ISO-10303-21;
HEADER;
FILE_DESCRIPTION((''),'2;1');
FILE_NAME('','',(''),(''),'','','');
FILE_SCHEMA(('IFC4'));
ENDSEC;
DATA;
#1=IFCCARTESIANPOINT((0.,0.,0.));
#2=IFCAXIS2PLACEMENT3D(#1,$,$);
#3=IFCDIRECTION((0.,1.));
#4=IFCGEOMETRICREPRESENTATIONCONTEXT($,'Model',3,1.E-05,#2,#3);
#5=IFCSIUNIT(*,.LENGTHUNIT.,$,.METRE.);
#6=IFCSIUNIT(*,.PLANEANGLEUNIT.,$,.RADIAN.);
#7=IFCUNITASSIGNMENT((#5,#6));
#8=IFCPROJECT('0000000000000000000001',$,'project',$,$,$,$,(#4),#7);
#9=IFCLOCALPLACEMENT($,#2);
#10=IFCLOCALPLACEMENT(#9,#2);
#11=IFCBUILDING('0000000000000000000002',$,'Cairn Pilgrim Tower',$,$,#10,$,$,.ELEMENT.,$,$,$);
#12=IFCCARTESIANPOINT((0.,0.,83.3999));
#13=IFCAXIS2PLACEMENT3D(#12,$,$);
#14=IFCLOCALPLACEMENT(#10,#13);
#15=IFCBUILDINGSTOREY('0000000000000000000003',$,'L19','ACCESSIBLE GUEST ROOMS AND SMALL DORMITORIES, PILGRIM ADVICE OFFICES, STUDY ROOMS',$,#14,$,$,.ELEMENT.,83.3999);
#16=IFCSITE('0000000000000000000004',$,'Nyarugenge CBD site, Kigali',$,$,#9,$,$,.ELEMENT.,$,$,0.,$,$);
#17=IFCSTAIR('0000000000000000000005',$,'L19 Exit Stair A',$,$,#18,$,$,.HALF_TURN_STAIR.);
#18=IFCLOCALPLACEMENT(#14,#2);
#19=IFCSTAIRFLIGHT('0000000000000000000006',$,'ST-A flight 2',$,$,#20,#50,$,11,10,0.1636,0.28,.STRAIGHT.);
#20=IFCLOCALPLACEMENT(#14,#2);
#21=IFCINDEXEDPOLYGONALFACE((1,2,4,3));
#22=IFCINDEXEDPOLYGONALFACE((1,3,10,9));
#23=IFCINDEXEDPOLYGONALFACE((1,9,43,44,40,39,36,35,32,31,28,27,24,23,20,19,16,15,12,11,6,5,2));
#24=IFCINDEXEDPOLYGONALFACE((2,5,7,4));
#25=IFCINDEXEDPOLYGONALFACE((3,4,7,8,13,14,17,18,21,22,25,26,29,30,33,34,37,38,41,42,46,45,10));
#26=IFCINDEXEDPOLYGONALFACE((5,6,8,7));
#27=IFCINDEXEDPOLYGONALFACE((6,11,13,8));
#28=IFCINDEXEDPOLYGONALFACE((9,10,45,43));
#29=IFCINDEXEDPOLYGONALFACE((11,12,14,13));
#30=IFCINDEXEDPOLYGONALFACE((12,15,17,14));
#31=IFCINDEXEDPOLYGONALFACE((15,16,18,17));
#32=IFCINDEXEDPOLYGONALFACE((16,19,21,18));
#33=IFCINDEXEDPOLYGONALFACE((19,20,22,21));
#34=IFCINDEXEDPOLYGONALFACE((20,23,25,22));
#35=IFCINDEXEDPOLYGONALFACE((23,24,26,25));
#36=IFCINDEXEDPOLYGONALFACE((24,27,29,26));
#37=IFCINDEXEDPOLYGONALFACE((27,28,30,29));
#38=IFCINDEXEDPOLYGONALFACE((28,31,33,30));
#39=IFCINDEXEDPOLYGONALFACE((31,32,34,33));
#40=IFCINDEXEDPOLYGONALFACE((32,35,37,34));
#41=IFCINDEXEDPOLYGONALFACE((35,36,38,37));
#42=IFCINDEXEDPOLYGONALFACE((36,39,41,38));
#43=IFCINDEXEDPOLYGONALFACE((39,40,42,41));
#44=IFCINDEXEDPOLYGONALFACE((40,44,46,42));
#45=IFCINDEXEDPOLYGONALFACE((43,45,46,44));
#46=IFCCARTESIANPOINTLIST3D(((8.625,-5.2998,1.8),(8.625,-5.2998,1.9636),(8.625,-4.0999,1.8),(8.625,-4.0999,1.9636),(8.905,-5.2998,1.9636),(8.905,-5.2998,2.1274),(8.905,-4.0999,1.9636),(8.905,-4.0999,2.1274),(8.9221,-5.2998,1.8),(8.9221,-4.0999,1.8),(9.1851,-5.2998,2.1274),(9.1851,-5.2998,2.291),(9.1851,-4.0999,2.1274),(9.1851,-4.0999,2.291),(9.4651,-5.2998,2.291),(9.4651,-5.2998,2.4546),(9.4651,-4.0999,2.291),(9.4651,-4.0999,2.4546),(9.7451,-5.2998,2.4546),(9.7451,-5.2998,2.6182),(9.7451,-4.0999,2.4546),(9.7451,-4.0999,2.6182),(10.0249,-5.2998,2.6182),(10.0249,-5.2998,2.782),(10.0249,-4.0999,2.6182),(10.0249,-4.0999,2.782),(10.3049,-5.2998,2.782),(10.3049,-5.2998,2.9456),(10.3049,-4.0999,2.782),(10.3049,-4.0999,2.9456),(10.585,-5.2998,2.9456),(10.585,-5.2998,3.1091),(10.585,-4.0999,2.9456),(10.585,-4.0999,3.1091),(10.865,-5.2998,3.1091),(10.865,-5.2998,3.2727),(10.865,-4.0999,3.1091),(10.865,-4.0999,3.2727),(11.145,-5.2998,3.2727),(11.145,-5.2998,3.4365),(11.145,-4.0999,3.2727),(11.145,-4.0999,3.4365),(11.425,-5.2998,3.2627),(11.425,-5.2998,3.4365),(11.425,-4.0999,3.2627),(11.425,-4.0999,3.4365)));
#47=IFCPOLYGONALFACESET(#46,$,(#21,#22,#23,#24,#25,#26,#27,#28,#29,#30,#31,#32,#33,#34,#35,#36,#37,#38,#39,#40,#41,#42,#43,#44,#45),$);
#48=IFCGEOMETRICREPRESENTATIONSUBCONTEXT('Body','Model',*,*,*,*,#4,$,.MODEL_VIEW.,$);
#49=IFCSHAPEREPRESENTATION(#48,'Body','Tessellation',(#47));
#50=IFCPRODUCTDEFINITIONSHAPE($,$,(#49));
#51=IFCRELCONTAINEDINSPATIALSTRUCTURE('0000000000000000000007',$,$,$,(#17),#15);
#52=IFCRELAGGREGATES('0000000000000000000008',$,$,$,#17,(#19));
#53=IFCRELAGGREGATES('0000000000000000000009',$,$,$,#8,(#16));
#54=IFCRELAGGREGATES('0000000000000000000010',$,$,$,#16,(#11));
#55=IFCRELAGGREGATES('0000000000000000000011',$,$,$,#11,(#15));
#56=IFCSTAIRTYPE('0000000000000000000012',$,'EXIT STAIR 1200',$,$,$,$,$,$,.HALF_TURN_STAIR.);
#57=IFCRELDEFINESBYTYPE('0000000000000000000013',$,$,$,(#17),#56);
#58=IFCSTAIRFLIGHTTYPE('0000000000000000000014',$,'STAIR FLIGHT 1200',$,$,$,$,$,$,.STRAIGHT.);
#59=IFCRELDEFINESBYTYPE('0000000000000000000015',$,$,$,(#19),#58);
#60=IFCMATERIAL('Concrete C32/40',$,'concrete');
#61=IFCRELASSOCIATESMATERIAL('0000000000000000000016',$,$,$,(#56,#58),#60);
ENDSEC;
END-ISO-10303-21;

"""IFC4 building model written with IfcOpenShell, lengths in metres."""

from ifc_helpers import new_model, si_unit, direction, frame, origin, place, context, subcontext, project, spatial, polyline, outline, extrude, material, type_object, element, aggregate, save


model = new_model("IFC4")

# Units and contexts
model_context = context("Model", 3, precision=1e-05, world=origin(), true_north=direction((0.0, 1.0)))
body_context = subcontext(model_context, "Body", "Model", "MODEL_VIEW")
ifc_project = project(units=[si_unit("LENGTHUNIT", "METRE"), si_unit("PLANEANGLEUNIT", "RADIAN")], contexts=[model_context])

# Site, building, storey
site_placement = place(None, origin())
site = spatial("IfcSite", under=ifc_project, at=site_placement, Name="Nyarugenge CBD site, Kigali", CompositionType="ELEMENT", RefElevation=0.0)
building_placement = place(site_placement, origin())
building = spatial("IfcBuilding", under=site, at=building_placement, Name="Cairn Pilgrim Tower", CompositionType="ELEMENT")
storey_placement = place(building_placement, frame((0.0, 0.0, 83.3999)))
storey = spatial("IfcBuildingStorey", under=building, at=storey_placement, Name="L19", Description="ACCESSIBLE GUEST ROOMS AND SMALL DORMITORIES, PILGRIM ADVICE OFFICES, STUDY ROOMS", CompositionType="ELEMENT", Elevation=83.3999)

# Shared definitions
ifc_material_1 = material(Name="Concrete C32/40", Category="concrete")

# Stair, stair flight
stair_type = type_object("IfcStairType", Name="EXIT STAIR 1200", PredefinedType="HALF_TURN_STAIR", material=ifc_material_1)
stair_placement = place(storey_placement, origin())
stair = element("IfcStair", 1, at=stair_placement, inside=storey, type_object=stair_type, Name="L19 Exit Stair A", PredefinedType="HALF_TURN_STAIR")
stair_flight_type = type_object("IfcStairFlightType", Name="STAIR FLIGHT 1200", PredefinedType="STRAIGHT", material=ifc_material_1)
stair_flight_1_placement = place(storey_placement, frame((8.625, -4.7, 1.8), z_axis=(0.0, 0.0, 1.0), x_axis=(1.0, 0.0, 0.0)))
stair_flight_1 = element("IfcStairFlight", 2, at=stair_flight_1_placement, type_object=stair_flight_type, Name="ST-A flight 2", NumberOfRisers=11, NumberOfTreads=10, PredefinedType="STRAIGHT", RiserHeight=0.1636, TreadLength=0.28, context=body_context, shape_type="SweptSolid", body=[
    extrude(outline(polyline([(0.0, 0.0), (0.0, 0.1636), (0.28, 0.1636), (0.28, 0.3274), (0.5601, 0.3274), (0.5601, 0.491), (0.8401, 0.491), (0.8401, 0.6545), (1.1201, 0.6545), (1.1201, 0.8181), (1.3999, 0.8181), (1.3999, 0.9819), (1.6799, 0.9819), (1.6799, 1.1455), (1.96, 1.1455), (1.96, 1.3091), (2.24, 1.3091), (2.24, 1.4727), (2.52, 1.4727), (2.52, 1.6365), (2.8, 1.6365), (2.8, 1.8), (2.8, 1.4626), (0.2971, 0.0), (0.0, 0.0)])), frame((0.0, 0.6001, 0.0), z_axis=(0.0, -1.0, 0.0), x_axis=(1.0, 0.0, 0.0)), (0.0, 0.0, 1.0), 1.2),
])
aggregate(stair, [stair_flight_1])

save(model, "model.ifc")
